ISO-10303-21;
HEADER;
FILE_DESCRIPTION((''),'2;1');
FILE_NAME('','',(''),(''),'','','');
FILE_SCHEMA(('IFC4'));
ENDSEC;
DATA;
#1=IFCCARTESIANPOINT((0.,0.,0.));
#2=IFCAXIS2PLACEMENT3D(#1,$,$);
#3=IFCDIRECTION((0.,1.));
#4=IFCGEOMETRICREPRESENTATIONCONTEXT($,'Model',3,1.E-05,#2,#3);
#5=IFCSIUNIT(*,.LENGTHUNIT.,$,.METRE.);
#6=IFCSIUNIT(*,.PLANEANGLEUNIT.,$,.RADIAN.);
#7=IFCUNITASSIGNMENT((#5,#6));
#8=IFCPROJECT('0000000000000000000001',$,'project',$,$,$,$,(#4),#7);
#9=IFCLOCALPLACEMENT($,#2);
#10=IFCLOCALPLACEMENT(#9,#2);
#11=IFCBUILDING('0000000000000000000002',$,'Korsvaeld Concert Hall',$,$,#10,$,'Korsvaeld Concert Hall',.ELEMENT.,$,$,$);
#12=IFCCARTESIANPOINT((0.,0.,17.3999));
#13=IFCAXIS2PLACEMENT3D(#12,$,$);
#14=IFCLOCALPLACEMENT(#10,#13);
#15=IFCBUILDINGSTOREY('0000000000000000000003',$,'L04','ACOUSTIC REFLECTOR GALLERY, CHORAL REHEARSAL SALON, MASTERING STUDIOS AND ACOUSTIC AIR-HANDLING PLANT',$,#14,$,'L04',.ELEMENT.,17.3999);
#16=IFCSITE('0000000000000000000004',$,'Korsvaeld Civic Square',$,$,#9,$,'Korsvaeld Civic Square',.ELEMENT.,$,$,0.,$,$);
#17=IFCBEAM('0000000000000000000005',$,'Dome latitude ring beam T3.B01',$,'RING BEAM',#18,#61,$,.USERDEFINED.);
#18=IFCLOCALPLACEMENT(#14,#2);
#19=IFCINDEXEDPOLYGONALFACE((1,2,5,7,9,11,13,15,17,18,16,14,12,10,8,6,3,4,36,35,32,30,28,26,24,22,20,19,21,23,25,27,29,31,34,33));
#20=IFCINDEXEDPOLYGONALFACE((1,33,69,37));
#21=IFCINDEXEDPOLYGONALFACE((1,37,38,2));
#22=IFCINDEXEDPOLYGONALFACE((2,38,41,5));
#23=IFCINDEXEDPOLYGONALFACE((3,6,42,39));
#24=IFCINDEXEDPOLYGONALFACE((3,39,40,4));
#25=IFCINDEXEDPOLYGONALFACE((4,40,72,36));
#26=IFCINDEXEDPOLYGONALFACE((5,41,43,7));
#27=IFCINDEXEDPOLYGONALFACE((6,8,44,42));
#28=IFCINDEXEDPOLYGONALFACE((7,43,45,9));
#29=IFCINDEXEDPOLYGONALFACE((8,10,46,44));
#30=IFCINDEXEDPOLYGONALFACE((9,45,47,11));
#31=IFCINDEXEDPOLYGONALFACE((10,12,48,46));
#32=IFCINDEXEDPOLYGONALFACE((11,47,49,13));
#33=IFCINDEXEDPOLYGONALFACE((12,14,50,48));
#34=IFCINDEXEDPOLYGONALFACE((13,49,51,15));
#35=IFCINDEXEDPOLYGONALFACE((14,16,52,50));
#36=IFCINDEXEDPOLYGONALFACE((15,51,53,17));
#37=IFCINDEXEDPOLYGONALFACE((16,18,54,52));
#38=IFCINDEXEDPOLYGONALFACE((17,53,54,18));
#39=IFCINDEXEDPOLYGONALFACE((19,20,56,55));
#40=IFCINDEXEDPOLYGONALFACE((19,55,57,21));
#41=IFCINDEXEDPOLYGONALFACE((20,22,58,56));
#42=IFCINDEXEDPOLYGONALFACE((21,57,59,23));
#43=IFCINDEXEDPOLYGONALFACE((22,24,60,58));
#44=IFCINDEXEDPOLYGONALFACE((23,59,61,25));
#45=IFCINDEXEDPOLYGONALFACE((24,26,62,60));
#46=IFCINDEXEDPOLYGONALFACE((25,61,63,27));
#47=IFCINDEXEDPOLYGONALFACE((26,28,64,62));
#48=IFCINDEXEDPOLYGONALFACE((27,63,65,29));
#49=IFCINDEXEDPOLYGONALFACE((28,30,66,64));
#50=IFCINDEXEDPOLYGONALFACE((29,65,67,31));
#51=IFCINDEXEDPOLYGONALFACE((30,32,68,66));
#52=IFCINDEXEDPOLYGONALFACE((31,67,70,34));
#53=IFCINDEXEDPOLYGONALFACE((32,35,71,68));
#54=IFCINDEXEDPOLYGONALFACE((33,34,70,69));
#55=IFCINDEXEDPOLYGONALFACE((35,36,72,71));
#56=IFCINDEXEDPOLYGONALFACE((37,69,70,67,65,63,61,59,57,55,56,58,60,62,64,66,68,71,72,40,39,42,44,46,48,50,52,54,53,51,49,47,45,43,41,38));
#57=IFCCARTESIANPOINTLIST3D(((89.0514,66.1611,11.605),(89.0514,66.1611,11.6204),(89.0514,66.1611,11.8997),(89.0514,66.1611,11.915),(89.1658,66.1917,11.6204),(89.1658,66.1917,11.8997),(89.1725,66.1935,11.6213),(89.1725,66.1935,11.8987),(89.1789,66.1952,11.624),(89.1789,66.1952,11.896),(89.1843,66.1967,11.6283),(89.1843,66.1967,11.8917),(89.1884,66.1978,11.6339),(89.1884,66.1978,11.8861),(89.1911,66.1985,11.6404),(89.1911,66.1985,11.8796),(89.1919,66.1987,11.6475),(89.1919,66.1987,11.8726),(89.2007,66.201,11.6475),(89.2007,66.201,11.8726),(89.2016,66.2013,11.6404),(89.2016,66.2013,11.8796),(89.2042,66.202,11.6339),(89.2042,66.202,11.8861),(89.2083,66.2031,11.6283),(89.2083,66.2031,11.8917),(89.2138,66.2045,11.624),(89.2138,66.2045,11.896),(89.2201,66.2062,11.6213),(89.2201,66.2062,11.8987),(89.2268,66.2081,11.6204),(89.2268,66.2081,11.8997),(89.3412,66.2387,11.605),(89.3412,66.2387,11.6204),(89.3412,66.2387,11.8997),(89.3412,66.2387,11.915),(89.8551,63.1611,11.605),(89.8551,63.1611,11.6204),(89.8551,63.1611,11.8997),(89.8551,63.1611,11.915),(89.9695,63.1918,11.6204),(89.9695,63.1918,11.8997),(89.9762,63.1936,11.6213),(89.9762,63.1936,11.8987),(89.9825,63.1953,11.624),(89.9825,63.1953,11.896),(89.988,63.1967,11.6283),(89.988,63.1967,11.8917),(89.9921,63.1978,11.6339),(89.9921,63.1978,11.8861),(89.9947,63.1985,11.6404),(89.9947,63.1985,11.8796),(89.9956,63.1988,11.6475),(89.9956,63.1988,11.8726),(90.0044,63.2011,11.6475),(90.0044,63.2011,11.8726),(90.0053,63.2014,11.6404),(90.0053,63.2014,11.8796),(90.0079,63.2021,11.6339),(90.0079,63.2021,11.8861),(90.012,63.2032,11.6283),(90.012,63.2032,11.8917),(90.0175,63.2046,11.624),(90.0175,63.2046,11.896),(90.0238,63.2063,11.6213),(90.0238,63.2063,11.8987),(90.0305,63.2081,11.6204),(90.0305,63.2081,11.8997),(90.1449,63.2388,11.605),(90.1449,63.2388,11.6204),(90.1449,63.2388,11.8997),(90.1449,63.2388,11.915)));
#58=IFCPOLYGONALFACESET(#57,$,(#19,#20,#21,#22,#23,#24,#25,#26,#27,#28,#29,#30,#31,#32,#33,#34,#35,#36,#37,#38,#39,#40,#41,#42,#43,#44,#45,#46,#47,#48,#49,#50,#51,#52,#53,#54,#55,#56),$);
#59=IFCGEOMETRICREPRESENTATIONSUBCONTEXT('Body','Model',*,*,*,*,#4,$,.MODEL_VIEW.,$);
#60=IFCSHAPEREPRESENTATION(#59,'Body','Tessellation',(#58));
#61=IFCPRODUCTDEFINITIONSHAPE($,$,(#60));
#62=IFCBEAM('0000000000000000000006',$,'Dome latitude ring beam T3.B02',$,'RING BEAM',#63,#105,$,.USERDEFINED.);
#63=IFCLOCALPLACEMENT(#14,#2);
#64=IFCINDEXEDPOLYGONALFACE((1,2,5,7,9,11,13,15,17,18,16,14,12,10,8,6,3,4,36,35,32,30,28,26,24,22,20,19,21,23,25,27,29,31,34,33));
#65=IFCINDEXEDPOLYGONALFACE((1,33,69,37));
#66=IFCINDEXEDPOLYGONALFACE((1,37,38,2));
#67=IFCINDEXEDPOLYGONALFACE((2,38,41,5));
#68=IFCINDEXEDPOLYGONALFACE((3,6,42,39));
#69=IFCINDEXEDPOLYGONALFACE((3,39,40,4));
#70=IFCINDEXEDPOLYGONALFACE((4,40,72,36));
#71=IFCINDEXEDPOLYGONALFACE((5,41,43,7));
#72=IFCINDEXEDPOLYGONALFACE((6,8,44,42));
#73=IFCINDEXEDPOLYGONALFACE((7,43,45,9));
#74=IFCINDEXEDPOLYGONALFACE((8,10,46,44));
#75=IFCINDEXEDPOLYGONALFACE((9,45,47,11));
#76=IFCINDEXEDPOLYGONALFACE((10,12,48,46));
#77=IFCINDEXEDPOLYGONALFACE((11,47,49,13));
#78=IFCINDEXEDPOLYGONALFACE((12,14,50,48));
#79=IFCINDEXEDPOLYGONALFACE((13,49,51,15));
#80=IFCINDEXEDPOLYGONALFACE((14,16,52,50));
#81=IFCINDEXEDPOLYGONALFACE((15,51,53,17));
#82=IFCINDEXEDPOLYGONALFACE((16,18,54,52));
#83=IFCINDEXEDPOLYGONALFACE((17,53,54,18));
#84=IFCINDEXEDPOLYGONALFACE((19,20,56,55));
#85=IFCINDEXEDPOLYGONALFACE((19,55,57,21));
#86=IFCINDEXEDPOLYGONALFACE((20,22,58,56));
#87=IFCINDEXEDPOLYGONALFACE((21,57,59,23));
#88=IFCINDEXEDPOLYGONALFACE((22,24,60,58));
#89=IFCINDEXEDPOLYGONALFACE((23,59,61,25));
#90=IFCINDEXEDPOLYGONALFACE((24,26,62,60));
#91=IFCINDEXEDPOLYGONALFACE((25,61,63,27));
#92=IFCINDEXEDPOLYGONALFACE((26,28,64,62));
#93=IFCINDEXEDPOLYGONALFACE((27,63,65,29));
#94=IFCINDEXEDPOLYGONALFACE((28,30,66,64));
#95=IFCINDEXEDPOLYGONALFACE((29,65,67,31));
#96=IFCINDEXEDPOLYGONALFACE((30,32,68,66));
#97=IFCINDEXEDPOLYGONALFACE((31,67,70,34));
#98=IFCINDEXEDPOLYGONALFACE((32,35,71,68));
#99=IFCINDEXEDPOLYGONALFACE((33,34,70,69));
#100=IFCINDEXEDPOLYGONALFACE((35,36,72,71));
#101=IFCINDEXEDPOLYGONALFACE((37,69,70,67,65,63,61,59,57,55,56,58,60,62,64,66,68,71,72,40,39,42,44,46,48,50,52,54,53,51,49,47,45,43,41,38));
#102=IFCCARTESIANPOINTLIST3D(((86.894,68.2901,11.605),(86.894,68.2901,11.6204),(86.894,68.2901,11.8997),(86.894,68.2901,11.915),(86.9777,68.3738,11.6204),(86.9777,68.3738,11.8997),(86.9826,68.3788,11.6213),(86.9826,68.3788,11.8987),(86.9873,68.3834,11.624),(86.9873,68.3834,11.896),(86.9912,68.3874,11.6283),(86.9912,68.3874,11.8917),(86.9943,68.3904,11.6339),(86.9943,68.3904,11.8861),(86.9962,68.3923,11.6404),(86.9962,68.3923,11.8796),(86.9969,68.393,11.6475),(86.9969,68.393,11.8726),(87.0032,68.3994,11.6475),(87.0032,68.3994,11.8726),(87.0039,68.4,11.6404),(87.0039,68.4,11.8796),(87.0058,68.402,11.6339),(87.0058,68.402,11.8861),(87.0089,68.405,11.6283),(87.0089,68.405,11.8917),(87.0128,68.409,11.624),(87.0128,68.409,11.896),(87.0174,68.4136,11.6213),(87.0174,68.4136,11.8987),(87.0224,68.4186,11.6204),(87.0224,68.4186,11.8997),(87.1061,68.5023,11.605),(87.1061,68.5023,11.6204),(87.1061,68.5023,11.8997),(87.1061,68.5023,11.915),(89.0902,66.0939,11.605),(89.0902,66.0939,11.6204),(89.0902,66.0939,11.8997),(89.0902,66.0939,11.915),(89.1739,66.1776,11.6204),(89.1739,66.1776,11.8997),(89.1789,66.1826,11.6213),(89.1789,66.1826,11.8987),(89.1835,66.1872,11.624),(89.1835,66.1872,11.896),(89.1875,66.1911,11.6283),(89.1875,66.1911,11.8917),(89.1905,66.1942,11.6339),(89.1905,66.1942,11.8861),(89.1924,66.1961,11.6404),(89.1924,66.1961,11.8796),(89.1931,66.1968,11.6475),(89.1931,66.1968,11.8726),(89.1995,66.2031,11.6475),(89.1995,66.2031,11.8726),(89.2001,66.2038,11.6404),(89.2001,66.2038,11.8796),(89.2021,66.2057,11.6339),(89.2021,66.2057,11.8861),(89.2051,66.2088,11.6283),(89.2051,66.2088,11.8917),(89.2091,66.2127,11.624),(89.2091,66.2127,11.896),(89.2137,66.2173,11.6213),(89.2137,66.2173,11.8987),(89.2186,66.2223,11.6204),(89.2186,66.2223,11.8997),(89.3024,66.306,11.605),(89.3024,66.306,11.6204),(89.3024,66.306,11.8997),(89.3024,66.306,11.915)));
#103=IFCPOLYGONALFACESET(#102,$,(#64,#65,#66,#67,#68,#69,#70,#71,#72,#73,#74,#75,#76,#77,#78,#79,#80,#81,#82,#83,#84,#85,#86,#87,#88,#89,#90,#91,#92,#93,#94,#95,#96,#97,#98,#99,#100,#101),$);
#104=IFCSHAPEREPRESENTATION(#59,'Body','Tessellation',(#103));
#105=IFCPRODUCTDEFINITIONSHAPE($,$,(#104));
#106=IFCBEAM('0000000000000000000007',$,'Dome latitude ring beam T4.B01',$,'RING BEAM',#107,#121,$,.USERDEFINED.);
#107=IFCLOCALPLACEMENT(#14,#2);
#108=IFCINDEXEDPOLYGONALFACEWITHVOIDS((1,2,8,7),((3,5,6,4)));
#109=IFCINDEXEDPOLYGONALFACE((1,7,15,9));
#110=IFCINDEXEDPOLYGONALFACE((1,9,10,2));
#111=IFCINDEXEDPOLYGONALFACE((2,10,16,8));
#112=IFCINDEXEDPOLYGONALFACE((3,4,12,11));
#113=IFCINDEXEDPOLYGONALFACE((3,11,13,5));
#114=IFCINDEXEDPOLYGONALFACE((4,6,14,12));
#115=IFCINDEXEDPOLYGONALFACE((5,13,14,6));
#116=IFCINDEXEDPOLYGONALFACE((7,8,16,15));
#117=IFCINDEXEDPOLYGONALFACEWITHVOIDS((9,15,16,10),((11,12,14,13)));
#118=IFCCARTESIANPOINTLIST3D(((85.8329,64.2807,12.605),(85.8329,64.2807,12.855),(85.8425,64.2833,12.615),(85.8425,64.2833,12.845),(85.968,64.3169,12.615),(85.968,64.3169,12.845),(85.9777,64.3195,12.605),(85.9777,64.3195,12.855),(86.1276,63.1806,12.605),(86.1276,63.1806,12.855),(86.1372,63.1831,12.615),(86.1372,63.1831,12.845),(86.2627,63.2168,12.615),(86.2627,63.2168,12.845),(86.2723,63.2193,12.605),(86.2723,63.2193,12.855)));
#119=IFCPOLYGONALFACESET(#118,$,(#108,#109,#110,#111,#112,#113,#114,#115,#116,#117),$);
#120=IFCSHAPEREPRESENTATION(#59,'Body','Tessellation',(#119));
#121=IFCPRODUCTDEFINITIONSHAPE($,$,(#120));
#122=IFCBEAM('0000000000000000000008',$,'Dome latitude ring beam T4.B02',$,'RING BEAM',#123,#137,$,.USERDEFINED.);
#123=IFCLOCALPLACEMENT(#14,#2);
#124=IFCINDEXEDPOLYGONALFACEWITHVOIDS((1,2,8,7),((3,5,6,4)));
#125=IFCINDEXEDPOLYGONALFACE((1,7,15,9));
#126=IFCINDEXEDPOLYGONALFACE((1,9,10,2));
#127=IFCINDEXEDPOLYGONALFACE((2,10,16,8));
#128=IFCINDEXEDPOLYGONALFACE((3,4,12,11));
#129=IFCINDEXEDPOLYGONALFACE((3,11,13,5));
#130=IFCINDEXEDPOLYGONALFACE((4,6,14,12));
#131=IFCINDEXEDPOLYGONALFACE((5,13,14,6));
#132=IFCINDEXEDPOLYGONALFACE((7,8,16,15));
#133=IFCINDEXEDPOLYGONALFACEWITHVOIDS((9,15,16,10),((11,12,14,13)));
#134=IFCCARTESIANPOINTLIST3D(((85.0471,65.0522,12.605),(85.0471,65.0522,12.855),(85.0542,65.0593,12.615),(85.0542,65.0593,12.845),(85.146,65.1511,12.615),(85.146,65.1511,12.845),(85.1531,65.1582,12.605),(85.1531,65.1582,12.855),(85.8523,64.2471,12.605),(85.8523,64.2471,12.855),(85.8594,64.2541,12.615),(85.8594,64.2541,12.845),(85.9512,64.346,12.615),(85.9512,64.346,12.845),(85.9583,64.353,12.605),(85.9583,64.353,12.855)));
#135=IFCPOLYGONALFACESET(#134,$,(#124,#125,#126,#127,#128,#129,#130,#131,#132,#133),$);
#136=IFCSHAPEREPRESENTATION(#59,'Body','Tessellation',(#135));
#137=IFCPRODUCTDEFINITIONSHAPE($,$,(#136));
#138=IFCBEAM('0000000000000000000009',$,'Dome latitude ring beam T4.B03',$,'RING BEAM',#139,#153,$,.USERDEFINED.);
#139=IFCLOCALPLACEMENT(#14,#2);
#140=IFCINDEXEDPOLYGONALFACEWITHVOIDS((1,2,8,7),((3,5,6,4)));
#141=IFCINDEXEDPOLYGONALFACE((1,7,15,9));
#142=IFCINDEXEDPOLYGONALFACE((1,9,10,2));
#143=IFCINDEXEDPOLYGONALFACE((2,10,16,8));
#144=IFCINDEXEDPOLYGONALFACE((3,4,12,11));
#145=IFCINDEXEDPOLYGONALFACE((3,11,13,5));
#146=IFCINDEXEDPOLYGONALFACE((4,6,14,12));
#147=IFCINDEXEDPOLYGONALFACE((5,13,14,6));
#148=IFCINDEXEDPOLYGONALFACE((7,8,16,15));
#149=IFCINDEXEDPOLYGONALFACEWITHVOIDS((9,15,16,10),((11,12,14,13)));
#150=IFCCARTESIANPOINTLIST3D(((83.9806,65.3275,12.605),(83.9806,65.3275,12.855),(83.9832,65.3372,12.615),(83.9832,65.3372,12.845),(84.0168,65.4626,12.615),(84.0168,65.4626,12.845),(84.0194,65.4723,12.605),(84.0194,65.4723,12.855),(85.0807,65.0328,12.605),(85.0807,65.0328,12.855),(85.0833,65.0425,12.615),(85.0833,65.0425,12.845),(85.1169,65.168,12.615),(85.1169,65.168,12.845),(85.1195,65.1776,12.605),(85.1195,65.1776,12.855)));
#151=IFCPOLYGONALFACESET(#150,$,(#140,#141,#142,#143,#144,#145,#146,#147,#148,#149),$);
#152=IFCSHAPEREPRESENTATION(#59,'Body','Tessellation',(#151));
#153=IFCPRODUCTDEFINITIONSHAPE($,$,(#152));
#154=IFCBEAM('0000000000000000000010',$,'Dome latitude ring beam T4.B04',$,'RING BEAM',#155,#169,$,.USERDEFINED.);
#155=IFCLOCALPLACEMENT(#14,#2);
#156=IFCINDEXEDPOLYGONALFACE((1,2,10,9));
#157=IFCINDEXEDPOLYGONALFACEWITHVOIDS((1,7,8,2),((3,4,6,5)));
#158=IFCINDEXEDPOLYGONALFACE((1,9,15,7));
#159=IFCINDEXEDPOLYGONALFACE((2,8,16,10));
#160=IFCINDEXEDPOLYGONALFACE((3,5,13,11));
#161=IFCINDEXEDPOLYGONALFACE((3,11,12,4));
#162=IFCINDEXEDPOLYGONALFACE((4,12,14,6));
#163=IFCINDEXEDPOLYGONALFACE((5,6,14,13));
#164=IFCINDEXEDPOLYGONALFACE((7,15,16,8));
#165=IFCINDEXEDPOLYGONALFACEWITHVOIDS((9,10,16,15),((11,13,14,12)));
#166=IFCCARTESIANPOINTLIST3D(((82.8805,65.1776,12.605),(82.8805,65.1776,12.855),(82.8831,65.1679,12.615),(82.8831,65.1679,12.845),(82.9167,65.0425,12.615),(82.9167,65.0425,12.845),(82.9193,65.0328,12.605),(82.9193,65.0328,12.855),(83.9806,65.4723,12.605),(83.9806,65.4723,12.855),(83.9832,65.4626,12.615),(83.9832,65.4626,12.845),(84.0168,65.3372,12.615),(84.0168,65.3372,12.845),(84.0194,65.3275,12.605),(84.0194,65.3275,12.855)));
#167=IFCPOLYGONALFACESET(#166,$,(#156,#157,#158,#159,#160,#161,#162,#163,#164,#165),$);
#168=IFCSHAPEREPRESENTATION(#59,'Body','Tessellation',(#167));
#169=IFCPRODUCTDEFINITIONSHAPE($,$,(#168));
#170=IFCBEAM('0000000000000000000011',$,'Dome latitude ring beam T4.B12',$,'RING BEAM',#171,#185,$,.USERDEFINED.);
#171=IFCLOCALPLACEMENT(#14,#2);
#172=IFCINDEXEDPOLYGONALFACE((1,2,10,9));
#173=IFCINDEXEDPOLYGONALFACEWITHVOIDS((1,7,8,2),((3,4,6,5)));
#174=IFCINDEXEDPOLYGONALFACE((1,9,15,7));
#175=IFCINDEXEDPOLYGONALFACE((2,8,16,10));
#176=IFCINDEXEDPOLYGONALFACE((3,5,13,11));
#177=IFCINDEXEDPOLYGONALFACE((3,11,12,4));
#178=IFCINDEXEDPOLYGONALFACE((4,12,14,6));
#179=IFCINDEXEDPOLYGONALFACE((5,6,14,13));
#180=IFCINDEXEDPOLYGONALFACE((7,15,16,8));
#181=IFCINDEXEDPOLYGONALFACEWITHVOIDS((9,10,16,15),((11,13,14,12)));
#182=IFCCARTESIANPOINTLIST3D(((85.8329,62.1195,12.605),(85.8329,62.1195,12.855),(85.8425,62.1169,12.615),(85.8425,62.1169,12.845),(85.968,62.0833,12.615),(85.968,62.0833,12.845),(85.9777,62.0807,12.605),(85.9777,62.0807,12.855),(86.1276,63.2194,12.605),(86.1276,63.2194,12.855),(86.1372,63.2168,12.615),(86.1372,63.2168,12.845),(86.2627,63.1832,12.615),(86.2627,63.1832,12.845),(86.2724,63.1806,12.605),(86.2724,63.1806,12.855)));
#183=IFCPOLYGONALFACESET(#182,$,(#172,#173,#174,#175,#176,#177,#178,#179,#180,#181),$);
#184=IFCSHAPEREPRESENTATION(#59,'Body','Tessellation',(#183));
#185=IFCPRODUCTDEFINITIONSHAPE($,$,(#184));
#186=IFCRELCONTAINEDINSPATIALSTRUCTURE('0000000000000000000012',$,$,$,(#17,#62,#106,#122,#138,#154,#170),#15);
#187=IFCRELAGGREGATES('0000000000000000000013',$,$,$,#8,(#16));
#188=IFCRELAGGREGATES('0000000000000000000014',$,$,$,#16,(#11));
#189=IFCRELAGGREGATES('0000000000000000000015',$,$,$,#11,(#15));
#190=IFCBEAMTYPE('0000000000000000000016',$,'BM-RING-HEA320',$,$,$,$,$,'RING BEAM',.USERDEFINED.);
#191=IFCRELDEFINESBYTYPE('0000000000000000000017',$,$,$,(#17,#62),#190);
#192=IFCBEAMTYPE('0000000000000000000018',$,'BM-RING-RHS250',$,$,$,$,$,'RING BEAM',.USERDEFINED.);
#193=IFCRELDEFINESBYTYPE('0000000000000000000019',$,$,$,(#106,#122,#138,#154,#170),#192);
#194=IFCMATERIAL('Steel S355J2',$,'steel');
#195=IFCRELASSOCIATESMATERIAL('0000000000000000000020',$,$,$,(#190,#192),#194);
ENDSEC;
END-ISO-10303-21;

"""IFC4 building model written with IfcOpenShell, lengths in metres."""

from ifc_helpers import new_model, si_unit, direction, frame, origin, origin_2d, place, context, subcontext, project, spatial, hollow_rectangle, i_section, extrude, material, material_profile, profile_set, type_object, element, save


model = new_model("IFC4")

# Units and contexts
model_context = context("Model", 3, precision=1e-05, world=origin(), true_north=direction((0.0, 1.0)))
body_context = subcontext(model_context, "Body", "Model", "MODEL_VIEW")
ifc_project = project(units=[si_unit("LENGTHUNIT", "METRE"), si_unit("PLANEANGLEUNIT", "RADIAN")], contexts=[model_context])

# Site, building, storey
site_placement = place(None, origin())
site = spatial("IfcSite", under=ifc_project, at=site_placement, Name="Korsvaeld Civic Square", LongName="Korsvaeld Civic Square", CompositionType="ELEMENT", RefElevation=0.0)
building_placement = place(site_placement, origin())
building = spatial("IfcBuilding", under=site, at=building_placement, Name="Korsvaeld Concert Hall", LongName="Korsvaeld Concert Hall", CompositionType="ELEMENT")
storey_placement = place(building_placement, frame((0.0, 0.0, 17.3999)))
storey = spatial("IfcBuildingStorey", under=building, at=storey_placement, Name="L04", Description="ACOUSTIC REFLECTOR GALLERY, CHORAL REHEARSAL SALON, MASTERING STUDIOS AND ACOUSTIC AIR-HANDLING PLANT", LongName="L04", CompositionType="ELEMENT", Elevation=17.3999)

# Beams
ifc_material_1 = material(Name="Steel S355J2", Category="steel")
ifc_material_profile_1 = material_profile(ifc_material_1, i_section(OverallWidth=0.3, OverallDepth=0.3101, WebThickness=0.009, FlangeThickness=0.0154, FilletRadius=0.0271, at=origin_2d()), Name="HEA 320")
ifc_profile_set_1 = profile_set([ifc_material_profile_1], Name="Steel S355J2")
beam_type_1 = type_object("IfcBeamType", Name="BM-RING-HEA320", ElementType="RING BEAM", PredefinedType="USERDEFINED", material=ifc_profile_set_1)
beam_1_placement = place(storey_placement, frame((90.0, 63.2, 11.76), z_axis=(-0.258778, 0.965937, 0.0), x_axis=(-0.965937, -0.258778, 0.0)))
element("IfcBeam", 1, at=beam_1_placement, inside=storey, type_object=beam_type_1, Name="Dome latitude ring beam T3.B01", ObjectType="RING BEAM", PredefinedType="USERDEFINED", context=body_context, shape_type="SweptSolid", body=[
    extrude(i_section(OverallWidth=0.3, OverallDepth=0.3101, WebThickness=0.009, FlangeThickness=0.0154, FilletRadius=0.0271, at=origin_2d()), origin(), (0.0, 0.0, 1.0), 3.1057),
])
beam_2_placement = place(storey_placement, frame((89.1963, 66.2, 11.76), z_axis=(-0.707107, 0.707107, 0.0), x_axis=(-0.707107, -0.707107, 0.0)))
element("IfcBeam", 2, at=beam_2_placement, inside=storey, type_object=beam_type_1, Name="Dome latitude ring beam T3.B02", ObjectType="RING BEAM", PredefinedType="USERDEFINED", context=body_context, shape_type="SweptSolid", body=[
    extrude(i_section(OverallWidth=0.3, OverallDepth=0.3101, WebThickness=0.009, FlangeThickness=0.0154, FilletRadius=0.0271, at=origin_2d()), origin(), (0.0, 0.0, 1.0), 3.106),
])
ifc_material_profile_2 = material_profile(ifc_material_1, hollow_rectangle(XDim=0.1499, YDim=0.25, WallThickness=0.01, at=origin_2d()), Name="RHS 250x150x10")
ifc_profile_set_2 = profile_set([ifc_material_profile_2], Name="Steel S355J2")
beam_type_2 = type_object("IfcBeamType", Name="BM-RING-RHS250", ElementType="RING BEAM", PredefinedType="USERDEFINED", material=ifc_profile_set_2)
beam_3_placement = place(storey_placement, frame((86.2, 63.2, 12.73), z_axis=(-0.258743, 0.965946, 0.0), x_axis=(-0.965946, -0.258743, 0.0)))
element("IfcBeam", 3, at=beam_3_placement, inside=storey, type_object=beam_type_2, Name="Dome latitude ring beam T4.B01", ObjectType="RING BEAM", PredefinedType="USERDEFINED", context=body_context, shape_type="SweptSolid", body=[
    extrude(hollow_rectangle(XDim=0.1499, YDim=0.25, WallThickness=0.01, at=origin_2d()), origin(), (0.0, 0.0, 1.0), 1.1389),
])
beam_4_placement = place(storey_placement, frame((85.9053, 64.3, 12.73), z_axis=(-0.707107, 0.707107, 0.0), x_axis=(-0.707107, -0.707107, 0.0)))
element("IfcBeam", 4, at=beam_4_placement, inside=storey, type_object=beam_type_2, Name="Dome latitude ring beam T4.B02", ObjectType="RING BEAM", PredefinedType="USERDEFINED", context=body_context, shape_type="SweptSolid", body=[
    extrude(hollow_rectangle(XDim=0.1499, YDim=0.25, WallThickness=0.01, at=origin_2d()), origin(), (0.0, 0.0, 1.0), 1.1387),
])
for number, where, z_axis, x_axis, name in (
    (5, (85.1001, 65.1052, 12.73), (-0.965946, 0.258743, 0.0), (-0.258743, -0.965946, 0.0), "Dome latitude ring beam T4.B03"),
    (6, (84.0, 65.3999, 12.73), (-0.965946, -0.258743, 0.0), (0.258743, -0.965946, 0.0), "Dome latitude ring beam T4.B04"),
):
    element("IfcBeam", number, at=place(storey_placement, frame(where, z_axis=z_axis, x_axis=x_axis)), inside=storey, type_object=beam_type_2, Name=name, ObjectType="RING BEAM", PredefinedType="USERDEFINED", context=body_context, shape_type="SweptSolid", body=[
        extrude(hollow_rectangle(XDim=0.1499, YDim=0.25, WallThickness=0.01, at=origin_2d()), origin(), (0.0, 0.0, 1.0), 1.1389),
    ])
beam_5_placement = place(storey_placement, frame((85.9053, 62.1001, 12.73), z_axis=(0.258797, 0.965932, 0.0), x_axis=(-0.965932, 0.258797, 0.0)))
element("IfcBeam", 7, at=beam_5_placement, inside=storey, type_object=beam_type_2, Name="Dome latitude ring beam T4.B12", ObjectType="RING BEAM", PredefinedType="USERDEFINED", context=body_context, shape_type="SweptSolid", body=[
    extrude(hollow_rectangle(XDim=0.1499, YDim=0.25, WallThickness=0.01, at=origin_2d()), origin(), (0.0, 0.0, 1.0), 1.1387),
])

save(model, "model.ifc")
